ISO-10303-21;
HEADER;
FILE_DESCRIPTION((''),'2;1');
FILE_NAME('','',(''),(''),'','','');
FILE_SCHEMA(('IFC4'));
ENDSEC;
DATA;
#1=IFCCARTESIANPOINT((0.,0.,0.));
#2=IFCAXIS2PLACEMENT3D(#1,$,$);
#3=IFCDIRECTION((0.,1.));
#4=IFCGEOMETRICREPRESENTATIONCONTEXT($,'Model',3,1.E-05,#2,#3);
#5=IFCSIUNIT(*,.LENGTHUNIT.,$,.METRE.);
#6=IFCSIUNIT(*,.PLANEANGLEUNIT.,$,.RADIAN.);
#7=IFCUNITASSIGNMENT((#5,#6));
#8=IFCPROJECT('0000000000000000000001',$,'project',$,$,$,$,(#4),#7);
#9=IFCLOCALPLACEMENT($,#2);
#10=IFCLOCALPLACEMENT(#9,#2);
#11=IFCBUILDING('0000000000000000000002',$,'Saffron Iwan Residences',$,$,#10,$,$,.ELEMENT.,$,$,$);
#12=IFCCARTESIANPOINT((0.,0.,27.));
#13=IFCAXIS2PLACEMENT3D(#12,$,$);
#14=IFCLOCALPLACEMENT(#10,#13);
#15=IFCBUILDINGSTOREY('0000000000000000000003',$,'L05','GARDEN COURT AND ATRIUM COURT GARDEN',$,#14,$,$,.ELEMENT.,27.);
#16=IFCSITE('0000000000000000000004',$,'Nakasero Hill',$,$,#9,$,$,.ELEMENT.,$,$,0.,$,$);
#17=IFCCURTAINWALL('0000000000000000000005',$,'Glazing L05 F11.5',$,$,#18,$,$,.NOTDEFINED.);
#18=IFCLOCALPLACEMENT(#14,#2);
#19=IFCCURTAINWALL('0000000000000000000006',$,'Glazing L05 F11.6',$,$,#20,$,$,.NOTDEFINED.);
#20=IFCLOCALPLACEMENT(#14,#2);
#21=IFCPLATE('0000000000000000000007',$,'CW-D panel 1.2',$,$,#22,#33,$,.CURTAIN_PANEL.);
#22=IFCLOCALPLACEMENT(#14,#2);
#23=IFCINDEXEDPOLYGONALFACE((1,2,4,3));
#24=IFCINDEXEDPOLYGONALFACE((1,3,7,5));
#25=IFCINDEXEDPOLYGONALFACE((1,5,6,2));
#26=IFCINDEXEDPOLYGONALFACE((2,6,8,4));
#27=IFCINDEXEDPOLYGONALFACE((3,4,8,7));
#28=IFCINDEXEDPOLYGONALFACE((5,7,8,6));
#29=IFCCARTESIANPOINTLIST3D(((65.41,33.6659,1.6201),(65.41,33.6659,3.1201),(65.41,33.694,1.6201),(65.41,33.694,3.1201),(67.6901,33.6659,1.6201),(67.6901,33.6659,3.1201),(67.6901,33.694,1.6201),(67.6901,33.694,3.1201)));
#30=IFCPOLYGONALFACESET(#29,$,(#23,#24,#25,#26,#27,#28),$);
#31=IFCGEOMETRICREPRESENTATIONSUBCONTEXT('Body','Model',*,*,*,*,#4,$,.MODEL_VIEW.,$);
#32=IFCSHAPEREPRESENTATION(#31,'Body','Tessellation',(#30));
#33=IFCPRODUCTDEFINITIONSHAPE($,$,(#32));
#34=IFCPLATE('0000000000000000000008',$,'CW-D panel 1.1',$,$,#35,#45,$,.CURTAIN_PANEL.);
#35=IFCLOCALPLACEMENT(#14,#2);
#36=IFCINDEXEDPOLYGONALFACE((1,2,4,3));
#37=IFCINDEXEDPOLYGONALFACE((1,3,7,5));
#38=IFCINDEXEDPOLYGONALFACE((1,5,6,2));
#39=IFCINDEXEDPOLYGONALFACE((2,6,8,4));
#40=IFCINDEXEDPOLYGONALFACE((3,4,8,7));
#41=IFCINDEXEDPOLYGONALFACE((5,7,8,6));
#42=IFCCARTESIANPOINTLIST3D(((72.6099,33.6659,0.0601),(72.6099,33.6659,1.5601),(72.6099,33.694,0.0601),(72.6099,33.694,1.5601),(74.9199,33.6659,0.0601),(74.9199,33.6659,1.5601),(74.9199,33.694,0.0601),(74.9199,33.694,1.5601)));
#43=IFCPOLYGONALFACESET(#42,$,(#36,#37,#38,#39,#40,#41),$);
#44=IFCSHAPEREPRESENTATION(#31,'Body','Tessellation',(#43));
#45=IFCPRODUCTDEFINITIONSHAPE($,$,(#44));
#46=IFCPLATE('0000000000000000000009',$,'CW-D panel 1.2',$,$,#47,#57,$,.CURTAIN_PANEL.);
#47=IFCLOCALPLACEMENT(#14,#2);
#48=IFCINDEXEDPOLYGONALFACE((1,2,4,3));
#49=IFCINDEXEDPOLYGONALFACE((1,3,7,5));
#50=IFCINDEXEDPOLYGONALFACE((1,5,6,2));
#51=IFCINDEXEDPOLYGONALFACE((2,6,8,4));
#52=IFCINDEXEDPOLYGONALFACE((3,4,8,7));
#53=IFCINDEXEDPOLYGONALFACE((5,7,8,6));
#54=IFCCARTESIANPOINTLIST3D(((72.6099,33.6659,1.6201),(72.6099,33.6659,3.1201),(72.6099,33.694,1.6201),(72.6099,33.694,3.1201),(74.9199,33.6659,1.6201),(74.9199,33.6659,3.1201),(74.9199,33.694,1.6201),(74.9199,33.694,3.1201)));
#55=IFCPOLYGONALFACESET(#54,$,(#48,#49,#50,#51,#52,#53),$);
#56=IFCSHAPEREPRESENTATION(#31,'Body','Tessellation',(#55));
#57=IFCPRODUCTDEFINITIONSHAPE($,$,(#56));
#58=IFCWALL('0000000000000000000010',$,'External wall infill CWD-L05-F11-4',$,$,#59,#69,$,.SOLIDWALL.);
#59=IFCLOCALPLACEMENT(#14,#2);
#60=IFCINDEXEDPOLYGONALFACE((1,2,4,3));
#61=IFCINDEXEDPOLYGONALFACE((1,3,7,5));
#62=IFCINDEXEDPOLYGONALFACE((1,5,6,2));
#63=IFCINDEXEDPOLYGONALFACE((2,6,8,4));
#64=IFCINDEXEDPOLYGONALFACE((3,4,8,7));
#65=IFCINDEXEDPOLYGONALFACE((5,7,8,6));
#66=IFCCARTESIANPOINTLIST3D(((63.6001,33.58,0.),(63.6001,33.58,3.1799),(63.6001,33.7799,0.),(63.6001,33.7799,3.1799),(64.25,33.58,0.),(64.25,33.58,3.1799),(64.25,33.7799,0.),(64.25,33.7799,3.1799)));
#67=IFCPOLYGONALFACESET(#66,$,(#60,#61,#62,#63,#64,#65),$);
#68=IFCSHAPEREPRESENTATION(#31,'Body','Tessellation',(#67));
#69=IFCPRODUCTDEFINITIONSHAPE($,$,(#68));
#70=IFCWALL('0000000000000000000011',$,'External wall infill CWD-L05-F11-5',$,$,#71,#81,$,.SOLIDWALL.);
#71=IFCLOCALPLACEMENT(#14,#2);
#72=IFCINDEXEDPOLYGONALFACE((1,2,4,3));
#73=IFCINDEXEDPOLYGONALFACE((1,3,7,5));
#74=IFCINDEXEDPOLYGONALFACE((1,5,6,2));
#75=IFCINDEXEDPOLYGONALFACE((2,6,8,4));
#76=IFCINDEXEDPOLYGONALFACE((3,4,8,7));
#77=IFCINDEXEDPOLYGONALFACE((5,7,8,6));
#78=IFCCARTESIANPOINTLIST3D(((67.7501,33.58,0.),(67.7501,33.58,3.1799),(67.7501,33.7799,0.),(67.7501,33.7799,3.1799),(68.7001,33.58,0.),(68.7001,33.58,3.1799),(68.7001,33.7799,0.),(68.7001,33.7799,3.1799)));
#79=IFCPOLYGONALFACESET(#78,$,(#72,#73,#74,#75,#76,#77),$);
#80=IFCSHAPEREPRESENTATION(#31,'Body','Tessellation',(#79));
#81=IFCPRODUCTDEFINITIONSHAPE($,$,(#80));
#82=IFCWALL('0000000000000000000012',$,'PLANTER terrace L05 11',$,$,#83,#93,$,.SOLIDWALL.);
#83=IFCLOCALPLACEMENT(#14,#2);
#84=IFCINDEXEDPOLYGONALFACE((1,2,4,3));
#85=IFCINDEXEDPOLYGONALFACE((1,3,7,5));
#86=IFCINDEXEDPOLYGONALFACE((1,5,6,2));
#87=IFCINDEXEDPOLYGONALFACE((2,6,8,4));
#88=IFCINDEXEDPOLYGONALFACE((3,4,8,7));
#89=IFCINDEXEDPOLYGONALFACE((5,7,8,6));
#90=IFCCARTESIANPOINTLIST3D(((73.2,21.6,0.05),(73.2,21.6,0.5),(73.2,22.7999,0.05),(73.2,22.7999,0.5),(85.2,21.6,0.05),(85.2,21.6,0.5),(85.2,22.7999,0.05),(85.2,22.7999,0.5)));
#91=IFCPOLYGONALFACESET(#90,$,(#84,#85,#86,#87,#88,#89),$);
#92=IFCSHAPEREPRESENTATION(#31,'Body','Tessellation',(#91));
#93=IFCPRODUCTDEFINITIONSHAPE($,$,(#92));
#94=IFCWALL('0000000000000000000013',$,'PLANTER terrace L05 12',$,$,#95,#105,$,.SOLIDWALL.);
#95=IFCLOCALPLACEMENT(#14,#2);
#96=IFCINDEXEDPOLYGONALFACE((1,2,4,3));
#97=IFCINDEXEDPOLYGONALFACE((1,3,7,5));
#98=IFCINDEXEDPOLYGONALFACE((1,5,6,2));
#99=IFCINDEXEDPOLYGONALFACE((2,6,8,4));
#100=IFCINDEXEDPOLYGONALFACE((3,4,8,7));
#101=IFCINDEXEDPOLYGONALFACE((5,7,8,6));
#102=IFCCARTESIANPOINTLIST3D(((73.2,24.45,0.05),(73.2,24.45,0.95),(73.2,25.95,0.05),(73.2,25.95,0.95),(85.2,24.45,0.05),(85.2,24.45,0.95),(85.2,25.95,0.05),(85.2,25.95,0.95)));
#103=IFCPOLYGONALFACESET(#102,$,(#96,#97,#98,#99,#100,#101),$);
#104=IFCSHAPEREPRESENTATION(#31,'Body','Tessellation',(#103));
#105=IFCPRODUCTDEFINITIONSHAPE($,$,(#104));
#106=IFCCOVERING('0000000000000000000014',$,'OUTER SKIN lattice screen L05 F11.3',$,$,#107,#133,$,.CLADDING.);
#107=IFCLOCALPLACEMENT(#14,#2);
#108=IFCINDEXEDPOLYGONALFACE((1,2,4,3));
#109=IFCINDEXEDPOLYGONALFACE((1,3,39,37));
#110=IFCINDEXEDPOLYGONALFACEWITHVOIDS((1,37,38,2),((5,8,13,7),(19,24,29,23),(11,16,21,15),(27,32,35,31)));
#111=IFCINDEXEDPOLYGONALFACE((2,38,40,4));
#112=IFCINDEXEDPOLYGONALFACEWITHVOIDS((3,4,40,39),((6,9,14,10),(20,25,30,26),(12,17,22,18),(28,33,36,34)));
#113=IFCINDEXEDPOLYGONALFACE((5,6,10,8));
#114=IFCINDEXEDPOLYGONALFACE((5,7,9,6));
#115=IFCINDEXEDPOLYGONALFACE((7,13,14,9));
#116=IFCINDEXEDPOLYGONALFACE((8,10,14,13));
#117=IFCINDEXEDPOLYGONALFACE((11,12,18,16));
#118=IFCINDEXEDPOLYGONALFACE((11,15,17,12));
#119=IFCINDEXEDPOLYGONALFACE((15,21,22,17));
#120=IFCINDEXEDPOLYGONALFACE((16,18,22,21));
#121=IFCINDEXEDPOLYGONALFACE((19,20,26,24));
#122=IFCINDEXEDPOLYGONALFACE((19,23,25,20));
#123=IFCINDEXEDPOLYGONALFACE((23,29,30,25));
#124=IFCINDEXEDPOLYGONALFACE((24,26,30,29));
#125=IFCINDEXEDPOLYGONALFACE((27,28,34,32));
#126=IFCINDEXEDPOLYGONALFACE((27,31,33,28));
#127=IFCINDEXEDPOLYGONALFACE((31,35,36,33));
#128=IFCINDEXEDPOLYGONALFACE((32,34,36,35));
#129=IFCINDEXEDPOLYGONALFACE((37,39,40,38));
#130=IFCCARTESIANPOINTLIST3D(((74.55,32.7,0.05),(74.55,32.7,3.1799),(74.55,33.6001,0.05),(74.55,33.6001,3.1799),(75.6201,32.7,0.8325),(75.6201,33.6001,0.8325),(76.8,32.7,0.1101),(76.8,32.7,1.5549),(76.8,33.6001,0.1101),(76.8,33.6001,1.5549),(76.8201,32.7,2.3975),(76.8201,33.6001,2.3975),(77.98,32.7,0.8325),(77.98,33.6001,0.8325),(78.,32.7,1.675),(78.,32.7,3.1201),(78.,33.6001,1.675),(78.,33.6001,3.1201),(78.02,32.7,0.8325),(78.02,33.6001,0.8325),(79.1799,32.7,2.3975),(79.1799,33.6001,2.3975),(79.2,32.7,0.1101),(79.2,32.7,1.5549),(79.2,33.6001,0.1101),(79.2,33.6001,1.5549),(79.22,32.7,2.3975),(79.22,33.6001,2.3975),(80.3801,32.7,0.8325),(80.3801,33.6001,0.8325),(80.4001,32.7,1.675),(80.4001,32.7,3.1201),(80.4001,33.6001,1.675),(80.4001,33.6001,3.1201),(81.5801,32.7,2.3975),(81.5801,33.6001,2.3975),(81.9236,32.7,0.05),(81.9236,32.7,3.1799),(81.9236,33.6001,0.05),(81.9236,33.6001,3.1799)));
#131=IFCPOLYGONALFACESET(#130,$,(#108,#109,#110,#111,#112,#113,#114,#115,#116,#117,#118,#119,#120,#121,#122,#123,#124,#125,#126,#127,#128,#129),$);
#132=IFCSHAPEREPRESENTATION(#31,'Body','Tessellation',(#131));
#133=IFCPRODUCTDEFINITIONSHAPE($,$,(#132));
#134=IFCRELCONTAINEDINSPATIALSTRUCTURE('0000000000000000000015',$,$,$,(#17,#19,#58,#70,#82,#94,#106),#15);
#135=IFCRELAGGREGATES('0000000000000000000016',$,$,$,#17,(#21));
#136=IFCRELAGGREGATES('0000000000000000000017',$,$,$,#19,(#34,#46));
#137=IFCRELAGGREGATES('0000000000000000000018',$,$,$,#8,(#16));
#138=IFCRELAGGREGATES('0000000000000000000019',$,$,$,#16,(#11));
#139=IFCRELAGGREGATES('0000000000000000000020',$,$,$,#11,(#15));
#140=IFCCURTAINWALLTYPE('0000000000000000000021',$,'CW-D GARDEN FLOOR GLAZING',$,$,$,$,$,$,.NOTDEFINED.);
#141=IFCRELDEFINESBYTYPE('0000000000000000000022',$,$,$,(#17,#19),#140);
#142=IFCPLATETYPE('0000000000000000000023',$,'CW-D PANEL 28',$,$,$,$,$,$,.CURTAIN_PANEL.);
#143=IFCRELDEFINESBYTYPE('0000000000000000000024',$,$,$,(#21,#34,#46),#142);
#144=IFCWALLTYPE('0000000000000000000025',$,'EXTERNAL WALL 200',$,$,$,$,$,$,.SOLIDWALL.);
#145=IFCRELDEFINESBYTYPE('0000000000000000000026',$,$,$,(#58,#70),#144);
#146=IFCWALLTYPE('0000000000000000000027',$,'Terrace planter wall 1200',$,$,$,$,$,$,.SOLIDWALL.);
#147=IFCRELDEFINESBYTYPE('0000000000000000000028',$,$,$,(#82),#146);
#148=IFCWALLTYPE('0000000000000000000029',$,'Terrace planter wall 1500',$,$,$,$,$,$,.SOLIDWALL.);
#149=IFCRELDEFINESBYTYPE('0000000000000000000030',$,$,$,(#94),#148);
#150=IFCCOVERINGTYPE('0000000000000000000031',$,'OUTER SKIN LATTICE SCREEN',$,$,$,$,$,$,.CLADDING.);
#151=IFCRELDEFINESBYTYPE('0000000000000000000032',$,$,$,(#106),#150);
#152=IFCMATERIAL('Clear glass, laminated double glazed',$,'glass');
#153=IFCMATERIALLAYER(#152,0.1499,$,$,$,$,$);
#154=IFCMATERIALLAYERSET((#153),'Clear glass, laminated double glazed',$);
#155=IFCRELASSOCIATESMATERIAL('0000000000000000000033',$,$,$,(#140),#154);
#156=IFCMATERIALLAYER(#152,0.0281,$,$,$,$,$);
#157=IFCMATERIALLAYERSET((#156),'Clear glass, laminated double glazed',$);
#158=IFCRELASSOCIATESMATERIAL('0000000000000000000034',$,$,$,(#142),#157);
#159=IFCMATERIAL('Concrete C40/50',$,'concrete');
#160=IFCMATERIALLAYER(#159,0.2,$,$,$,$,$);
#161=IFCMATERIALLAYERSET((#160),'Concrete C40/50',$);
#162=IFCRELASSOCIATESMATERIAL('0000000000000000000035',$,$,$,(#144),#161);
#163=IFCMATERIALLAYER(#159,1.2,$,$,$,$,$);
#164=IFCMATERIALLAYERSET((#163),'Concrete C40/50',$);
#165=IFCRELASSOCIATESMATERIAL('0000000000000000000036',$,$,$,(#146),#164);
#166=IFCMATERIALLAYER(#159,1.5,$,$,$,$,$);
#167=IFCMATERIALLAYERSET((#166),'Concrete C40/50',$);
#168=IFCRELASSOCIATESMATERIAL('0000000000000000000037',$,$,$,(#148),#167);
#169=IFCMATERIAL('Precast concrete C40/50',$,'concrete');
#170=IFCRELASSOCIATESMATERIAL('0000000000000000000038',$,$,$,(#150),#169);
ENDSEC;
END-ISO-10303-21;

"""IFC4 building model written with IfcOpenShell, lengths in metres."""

from ifc_helpers import new_model, si_unit, direction, frame, frame_2d, origin, origin_2d, place, context, subcontext, project, spatial, polyline, rectangle, outline, extrude, source, transform, mapped, material, layer, layer_set, type_object, element, aggregate, save


model = new_model("IFC4")

# Units and contexts
model_context = context("Model", 3, precision=1e-05, world=origin(), true_north=direction((0.0, 1.0)))
body_context = subcontext(model_context, "Body", "Model", "MODEL_VIEW")
ifc_project = project(units=[si_unit("LENGTHUNIT", "METRE"), si_unit("PLANEANGLEUNIT", "RADIAN")], contexts=[model_context])

# Site, building, storey
site_placement = place(None, origin())
site = spatial("IfcSite", under=ifc_project, at=site_placement, Name="Nakasero Hill", CompositionType="ELEMENT", RefElevation=0.0)
building_placement = place(site_placement, origin())
building = spatial("IfcBuilding", under=site, at=building_placement, Name="Saffron Iwan Residences", CompositionType="ELEMENT")
storey_placement = place(building_placement, frame((0.0, 0.0, 27.0)))
storey = spatial("IfcBuildingStorey", under=building, at=storey_placement, Name="L05", Description="GARDEN COURT AND ATRIUM COURT GARDEN", CompositionType="ELEMENT", Elevation=27.0)

# Curtain walls
ifc_material_1 = material(Name="Clear glass, laminated double glazed", Category="glass")
ifc_layer_1 = layer(ifc_material_1, 0.1499)
ifc_layer_set_1 = layer_set([ifc_layer_1], Name="Clear glass, laminated double glazed")
curtain_wall_type = type_object("IfcCurtainWallType", Name="CW-D GARDEN FLOOR GLAZING", PredefinedType="NOTDEFINED", material=ifc_layer_set_1)
curtain_wall_1_placement = place(storey_placement, origin())
curtain_wall_1 = element("IfcCurtainWall", 1, at=curtain_wall_1_placement, inside=storey, type_object=curtain_wall_type, Name="Glazing L05 F11.5", PredefinedType="NOTDEFINED")
curtain_wall_2_placement = place(storey_placement, origin())
curtain_wall_2 = element("IfcCurtainWall", 2, at=curtain_wall_2_placement, inside=storey, type_object=curtain_wall_type, Name="Glazing L05 F11.6", PredefinedType="NOTDEFINED")

# Plates
ifc_layer_2 = layer(ifc_material_1, 0.0281)
ifc_layer_set_2 = layer_set([ifc_layer_2], Name="Clear glass, laminated double glazed")
plate_type = type_object("IfcPlateType", Name="CW-D PANEL 28", PredefinedType="CURTAIN_PANEL", material=ifc_layer_set_2)
shared_shape_1 = source(origin(), body_context, "Body", "SweptSolid", [
    extrude(rectangle(XDim=2.28, YDim=0.0281, at=origin_2d()), origin(), (0.0, 0.0, 1.0), 1.5),
])
plate_1_placement = place(storey_placement, frame((66.55, 33.6799, 1.6201), z_axis=(0.0, 0.0, 1.0), x_axis=(1.0, 0.0, 0.0)))
plate_1 = element("IfcPlate", 3, at=plate_1_placement, type_object=plate_type, Name="CW-D panel 1.2", PredefinedType="CURTAIN_PANEL", context=body_context, shape_type="MappedRepresentation", body=[
    mapped(shared_shape_1, transform((0.0, 0.0, 0.0))),
])
aggregate(curtain_wall_1, [plate_1])
shared_shape_2 = source(origin(), body_context, "Body", "SweptSolid", [
    extrude(rectangle(XDim=2.3101, YDim=0.0281, at=origin_2d()), origin(), (0.0, 0.0, 1.0), 1.5),
])
plate_2_placement = place(storey_placement, frame((73.7649, 33.6799, 0.0601), z_axis=(0.0, 0.0, 1.0), x_axis=(1.0, 0.0, 0.0)))
plate_2 = element("IfcPlate", 4, at=plate_2_placement, type_object=plate_type, Name="CW-D panel 1.1", PredefinedType="CURTAIN_PANEL", context=body_context, shape_type="MappedRepresentation", body=[
    mapped(shared_shape_2, transform((0.0, 0.0, 0.0))),
])
plate_3_placement = place(storey_placement, frame((73.7649, 33.6799, 1.6201), z_axis=(0.0, 0.0, 1.0), x_axis=(1.0, 0.0, 0.0)))
plate_3 = element("IfcPlate", 5, at=plate_3_placement, type_object=plate_type, Name="CW-D panel 1.2", PredefinedType="CURTAIN_PANEL", context=body_context, shape_type="MappedRepresentation", body=[
    mapped(shared_shape_2, transform((0.0, 0.0, 0.0))),
])
aggregate(curtain_wall_2, [plate_2, plate_3])

# Shared definitions
ifc_material_2 = material(Name="Concrete C40/50", Category="concrete")
ifc_layer_3 = layer(ifc_material_2, 0.2)
ifc_layer_set_3 = layer_set([ifc_layer_3], Name="Concrete C40/50")
wall_type_1 = type_object("IfcWallType", Name="EXTERNAL WALL 200", PredefinedType="SOLIDWALL", material=ifc_layer_set_3)

# Walls
wall_1_placement = place(storey_placement, frame((63.6001, 33.6799, 0.0), z_axis=(0.0, 0.0, 1.0), x_axis=(1.0, 0.0, 0.0)))
element("IfcWall", 6, at=wall_1_placement, inside=storey, type_object=wall_type_1, Name="External wall infill CWD-L05-F11-4", PredefinedType="SOLIDWALL", context=body_context, shape_type="SweptSolid", body=[
    extrude(rectangle(XDim=0.6499, YDim=0.2, at=frame_2d((0.325, 0.0))), origin(), (0.0, 0.0, 1.0), 3.1799),
])
wall_2_placement = place(storey_placement, frame((67.75, 33.6799, 0.0), z_axis=(0.0, 0.0, 1.0), x_axis=(1.0, 0.0, 0.0)))
element("IfcWall", 7, at=wall_2_placement, inside=storey, type_object=wall_type_1, Name="External wall infill CWD-L05-F11-5", PredefinedType="SOLIDWALL", context=body_context, shape_type="SweptSolid", body=[
    extrude(rectangle(XDim=0.95, YDim=0.2, at=frame_2d((0.4751, 0.0))), origin(), (0.0, 0.0, 1.0), 3.1799),
])
ifc_layer_4 = layer(ifc_material_2, 1.2)
ifc_layer_set_4 = layer_set([ifc_layer_4], Name="Concrete C40/50")
wall_type_2 = type_object("IfcWallType", Name="Terrace planter wall 1200", PredefinedType="SOLIDWALL", material=ifc_layer_set_4)
wall_3_placement = place(storey_placement, frame((73.2, 22.2, 0.05), z_axis=(0.0, 0.0, 1.0), x_axis=(1.0, 0.0, 0.0)))
element("IfcWall", 8, at=wall_3_placement, inside=storey, type_object=wall_type_2, Name="PLANTER terrace L05 11", PredefinedType="SOLIDWALL", context=body_context, shape_type="SweptSolid", body=[
    extrude(rectangle(XDim=12.0, YDim=1.2, at=frame_2d((6.0, 0.0))), origin(), (0.0, 0.0, 1.0), 0.45),
])
ifc_layer_5 = layer(ifc_material_2, 1.5)
ifc_layer_set_5 = layer_set([ifc_layer_5], Name="Concrete C40/50")
wall_type_3 = type_object("IfcWallType", Name="Terrace planter wall 1500", PredefinedType="SOLIDWALL", material=ifc_layer_set_5)
wall_4_placement = place(storey_placement, frame((73.2, 25.2, 0.05), z_axis=(0.0, 0.0, 1.0), x_axis=(1.0, 0.0, 0.0)))
element("IfcWall", 9, at=wall_4_placement, inside=storey, type_object=wall_type_3, Name="PLANTER terrace L05 12", PredefinedType="SOLIDWALL", context=body_context, shape_type="SweptSolid", body=[
    extrude(rectangle(XDim=12.0, YDim=1.5, at=frame_2d((6.0, 0.0))), origin(), (0.0, 0.0, 1.0), 0.8999),
])

# Covering
ifc_material_3 = material(Name="Precast concrete C40/50", Category="concrete")
covering_type = type_object("IfcCoveringType", Name="OUTER SKIN LATTICE SCREEN", PredefinedType="CLADDING", material=ifc_material_3)
covering_placement = place(storey_placement, frame((74.55, 33.6001, 0.05), z_axis=(0.0, -1.0, 0.0), x_axis=(1.0, 0.0, 0.0)))
element("IfcCovering", 10, at=covering_placement, inside=storey, type_object=covering_type, Name="OUTER SKIN lattice screen L05 F11.3", PredefinedType="CLADDING", context=body_context, shape_type="SweptSolid", body=[
    extrude(outline(polyline([(0.0, 0.0), (7.3735, 0.0), (7.3735, 3.1299), (0.0, 3.1299), (0.0, 0.0)]), holes=[polyline([(1.0701, 0.7825), (2.25, 0.0601), (3.4299, 0.7825), (2.25, 1.5049), (1.0701, 0.7825)]), polyline([(3.47, 0.7825), (4.6499, 0.0601), (5.8301, 0.7825), (4.6499, 1.5049), (3.47, 0.7825)]), polyline([(2.27, 2.3474), (3.45, 1.625), (4.6299, 2.3474), (3.45, 3.0701), (2.27, 2.3474)]), polyline([(4.6699, 2.3474), (5.8501, 1.625), (7.03, 2.3474), (5.8501, 3.0701), (4.6699, 2.3474)])]), origin(), (0.0, 0.0, 1.0), 0.9001),
])

save(model, "model.ifc")
